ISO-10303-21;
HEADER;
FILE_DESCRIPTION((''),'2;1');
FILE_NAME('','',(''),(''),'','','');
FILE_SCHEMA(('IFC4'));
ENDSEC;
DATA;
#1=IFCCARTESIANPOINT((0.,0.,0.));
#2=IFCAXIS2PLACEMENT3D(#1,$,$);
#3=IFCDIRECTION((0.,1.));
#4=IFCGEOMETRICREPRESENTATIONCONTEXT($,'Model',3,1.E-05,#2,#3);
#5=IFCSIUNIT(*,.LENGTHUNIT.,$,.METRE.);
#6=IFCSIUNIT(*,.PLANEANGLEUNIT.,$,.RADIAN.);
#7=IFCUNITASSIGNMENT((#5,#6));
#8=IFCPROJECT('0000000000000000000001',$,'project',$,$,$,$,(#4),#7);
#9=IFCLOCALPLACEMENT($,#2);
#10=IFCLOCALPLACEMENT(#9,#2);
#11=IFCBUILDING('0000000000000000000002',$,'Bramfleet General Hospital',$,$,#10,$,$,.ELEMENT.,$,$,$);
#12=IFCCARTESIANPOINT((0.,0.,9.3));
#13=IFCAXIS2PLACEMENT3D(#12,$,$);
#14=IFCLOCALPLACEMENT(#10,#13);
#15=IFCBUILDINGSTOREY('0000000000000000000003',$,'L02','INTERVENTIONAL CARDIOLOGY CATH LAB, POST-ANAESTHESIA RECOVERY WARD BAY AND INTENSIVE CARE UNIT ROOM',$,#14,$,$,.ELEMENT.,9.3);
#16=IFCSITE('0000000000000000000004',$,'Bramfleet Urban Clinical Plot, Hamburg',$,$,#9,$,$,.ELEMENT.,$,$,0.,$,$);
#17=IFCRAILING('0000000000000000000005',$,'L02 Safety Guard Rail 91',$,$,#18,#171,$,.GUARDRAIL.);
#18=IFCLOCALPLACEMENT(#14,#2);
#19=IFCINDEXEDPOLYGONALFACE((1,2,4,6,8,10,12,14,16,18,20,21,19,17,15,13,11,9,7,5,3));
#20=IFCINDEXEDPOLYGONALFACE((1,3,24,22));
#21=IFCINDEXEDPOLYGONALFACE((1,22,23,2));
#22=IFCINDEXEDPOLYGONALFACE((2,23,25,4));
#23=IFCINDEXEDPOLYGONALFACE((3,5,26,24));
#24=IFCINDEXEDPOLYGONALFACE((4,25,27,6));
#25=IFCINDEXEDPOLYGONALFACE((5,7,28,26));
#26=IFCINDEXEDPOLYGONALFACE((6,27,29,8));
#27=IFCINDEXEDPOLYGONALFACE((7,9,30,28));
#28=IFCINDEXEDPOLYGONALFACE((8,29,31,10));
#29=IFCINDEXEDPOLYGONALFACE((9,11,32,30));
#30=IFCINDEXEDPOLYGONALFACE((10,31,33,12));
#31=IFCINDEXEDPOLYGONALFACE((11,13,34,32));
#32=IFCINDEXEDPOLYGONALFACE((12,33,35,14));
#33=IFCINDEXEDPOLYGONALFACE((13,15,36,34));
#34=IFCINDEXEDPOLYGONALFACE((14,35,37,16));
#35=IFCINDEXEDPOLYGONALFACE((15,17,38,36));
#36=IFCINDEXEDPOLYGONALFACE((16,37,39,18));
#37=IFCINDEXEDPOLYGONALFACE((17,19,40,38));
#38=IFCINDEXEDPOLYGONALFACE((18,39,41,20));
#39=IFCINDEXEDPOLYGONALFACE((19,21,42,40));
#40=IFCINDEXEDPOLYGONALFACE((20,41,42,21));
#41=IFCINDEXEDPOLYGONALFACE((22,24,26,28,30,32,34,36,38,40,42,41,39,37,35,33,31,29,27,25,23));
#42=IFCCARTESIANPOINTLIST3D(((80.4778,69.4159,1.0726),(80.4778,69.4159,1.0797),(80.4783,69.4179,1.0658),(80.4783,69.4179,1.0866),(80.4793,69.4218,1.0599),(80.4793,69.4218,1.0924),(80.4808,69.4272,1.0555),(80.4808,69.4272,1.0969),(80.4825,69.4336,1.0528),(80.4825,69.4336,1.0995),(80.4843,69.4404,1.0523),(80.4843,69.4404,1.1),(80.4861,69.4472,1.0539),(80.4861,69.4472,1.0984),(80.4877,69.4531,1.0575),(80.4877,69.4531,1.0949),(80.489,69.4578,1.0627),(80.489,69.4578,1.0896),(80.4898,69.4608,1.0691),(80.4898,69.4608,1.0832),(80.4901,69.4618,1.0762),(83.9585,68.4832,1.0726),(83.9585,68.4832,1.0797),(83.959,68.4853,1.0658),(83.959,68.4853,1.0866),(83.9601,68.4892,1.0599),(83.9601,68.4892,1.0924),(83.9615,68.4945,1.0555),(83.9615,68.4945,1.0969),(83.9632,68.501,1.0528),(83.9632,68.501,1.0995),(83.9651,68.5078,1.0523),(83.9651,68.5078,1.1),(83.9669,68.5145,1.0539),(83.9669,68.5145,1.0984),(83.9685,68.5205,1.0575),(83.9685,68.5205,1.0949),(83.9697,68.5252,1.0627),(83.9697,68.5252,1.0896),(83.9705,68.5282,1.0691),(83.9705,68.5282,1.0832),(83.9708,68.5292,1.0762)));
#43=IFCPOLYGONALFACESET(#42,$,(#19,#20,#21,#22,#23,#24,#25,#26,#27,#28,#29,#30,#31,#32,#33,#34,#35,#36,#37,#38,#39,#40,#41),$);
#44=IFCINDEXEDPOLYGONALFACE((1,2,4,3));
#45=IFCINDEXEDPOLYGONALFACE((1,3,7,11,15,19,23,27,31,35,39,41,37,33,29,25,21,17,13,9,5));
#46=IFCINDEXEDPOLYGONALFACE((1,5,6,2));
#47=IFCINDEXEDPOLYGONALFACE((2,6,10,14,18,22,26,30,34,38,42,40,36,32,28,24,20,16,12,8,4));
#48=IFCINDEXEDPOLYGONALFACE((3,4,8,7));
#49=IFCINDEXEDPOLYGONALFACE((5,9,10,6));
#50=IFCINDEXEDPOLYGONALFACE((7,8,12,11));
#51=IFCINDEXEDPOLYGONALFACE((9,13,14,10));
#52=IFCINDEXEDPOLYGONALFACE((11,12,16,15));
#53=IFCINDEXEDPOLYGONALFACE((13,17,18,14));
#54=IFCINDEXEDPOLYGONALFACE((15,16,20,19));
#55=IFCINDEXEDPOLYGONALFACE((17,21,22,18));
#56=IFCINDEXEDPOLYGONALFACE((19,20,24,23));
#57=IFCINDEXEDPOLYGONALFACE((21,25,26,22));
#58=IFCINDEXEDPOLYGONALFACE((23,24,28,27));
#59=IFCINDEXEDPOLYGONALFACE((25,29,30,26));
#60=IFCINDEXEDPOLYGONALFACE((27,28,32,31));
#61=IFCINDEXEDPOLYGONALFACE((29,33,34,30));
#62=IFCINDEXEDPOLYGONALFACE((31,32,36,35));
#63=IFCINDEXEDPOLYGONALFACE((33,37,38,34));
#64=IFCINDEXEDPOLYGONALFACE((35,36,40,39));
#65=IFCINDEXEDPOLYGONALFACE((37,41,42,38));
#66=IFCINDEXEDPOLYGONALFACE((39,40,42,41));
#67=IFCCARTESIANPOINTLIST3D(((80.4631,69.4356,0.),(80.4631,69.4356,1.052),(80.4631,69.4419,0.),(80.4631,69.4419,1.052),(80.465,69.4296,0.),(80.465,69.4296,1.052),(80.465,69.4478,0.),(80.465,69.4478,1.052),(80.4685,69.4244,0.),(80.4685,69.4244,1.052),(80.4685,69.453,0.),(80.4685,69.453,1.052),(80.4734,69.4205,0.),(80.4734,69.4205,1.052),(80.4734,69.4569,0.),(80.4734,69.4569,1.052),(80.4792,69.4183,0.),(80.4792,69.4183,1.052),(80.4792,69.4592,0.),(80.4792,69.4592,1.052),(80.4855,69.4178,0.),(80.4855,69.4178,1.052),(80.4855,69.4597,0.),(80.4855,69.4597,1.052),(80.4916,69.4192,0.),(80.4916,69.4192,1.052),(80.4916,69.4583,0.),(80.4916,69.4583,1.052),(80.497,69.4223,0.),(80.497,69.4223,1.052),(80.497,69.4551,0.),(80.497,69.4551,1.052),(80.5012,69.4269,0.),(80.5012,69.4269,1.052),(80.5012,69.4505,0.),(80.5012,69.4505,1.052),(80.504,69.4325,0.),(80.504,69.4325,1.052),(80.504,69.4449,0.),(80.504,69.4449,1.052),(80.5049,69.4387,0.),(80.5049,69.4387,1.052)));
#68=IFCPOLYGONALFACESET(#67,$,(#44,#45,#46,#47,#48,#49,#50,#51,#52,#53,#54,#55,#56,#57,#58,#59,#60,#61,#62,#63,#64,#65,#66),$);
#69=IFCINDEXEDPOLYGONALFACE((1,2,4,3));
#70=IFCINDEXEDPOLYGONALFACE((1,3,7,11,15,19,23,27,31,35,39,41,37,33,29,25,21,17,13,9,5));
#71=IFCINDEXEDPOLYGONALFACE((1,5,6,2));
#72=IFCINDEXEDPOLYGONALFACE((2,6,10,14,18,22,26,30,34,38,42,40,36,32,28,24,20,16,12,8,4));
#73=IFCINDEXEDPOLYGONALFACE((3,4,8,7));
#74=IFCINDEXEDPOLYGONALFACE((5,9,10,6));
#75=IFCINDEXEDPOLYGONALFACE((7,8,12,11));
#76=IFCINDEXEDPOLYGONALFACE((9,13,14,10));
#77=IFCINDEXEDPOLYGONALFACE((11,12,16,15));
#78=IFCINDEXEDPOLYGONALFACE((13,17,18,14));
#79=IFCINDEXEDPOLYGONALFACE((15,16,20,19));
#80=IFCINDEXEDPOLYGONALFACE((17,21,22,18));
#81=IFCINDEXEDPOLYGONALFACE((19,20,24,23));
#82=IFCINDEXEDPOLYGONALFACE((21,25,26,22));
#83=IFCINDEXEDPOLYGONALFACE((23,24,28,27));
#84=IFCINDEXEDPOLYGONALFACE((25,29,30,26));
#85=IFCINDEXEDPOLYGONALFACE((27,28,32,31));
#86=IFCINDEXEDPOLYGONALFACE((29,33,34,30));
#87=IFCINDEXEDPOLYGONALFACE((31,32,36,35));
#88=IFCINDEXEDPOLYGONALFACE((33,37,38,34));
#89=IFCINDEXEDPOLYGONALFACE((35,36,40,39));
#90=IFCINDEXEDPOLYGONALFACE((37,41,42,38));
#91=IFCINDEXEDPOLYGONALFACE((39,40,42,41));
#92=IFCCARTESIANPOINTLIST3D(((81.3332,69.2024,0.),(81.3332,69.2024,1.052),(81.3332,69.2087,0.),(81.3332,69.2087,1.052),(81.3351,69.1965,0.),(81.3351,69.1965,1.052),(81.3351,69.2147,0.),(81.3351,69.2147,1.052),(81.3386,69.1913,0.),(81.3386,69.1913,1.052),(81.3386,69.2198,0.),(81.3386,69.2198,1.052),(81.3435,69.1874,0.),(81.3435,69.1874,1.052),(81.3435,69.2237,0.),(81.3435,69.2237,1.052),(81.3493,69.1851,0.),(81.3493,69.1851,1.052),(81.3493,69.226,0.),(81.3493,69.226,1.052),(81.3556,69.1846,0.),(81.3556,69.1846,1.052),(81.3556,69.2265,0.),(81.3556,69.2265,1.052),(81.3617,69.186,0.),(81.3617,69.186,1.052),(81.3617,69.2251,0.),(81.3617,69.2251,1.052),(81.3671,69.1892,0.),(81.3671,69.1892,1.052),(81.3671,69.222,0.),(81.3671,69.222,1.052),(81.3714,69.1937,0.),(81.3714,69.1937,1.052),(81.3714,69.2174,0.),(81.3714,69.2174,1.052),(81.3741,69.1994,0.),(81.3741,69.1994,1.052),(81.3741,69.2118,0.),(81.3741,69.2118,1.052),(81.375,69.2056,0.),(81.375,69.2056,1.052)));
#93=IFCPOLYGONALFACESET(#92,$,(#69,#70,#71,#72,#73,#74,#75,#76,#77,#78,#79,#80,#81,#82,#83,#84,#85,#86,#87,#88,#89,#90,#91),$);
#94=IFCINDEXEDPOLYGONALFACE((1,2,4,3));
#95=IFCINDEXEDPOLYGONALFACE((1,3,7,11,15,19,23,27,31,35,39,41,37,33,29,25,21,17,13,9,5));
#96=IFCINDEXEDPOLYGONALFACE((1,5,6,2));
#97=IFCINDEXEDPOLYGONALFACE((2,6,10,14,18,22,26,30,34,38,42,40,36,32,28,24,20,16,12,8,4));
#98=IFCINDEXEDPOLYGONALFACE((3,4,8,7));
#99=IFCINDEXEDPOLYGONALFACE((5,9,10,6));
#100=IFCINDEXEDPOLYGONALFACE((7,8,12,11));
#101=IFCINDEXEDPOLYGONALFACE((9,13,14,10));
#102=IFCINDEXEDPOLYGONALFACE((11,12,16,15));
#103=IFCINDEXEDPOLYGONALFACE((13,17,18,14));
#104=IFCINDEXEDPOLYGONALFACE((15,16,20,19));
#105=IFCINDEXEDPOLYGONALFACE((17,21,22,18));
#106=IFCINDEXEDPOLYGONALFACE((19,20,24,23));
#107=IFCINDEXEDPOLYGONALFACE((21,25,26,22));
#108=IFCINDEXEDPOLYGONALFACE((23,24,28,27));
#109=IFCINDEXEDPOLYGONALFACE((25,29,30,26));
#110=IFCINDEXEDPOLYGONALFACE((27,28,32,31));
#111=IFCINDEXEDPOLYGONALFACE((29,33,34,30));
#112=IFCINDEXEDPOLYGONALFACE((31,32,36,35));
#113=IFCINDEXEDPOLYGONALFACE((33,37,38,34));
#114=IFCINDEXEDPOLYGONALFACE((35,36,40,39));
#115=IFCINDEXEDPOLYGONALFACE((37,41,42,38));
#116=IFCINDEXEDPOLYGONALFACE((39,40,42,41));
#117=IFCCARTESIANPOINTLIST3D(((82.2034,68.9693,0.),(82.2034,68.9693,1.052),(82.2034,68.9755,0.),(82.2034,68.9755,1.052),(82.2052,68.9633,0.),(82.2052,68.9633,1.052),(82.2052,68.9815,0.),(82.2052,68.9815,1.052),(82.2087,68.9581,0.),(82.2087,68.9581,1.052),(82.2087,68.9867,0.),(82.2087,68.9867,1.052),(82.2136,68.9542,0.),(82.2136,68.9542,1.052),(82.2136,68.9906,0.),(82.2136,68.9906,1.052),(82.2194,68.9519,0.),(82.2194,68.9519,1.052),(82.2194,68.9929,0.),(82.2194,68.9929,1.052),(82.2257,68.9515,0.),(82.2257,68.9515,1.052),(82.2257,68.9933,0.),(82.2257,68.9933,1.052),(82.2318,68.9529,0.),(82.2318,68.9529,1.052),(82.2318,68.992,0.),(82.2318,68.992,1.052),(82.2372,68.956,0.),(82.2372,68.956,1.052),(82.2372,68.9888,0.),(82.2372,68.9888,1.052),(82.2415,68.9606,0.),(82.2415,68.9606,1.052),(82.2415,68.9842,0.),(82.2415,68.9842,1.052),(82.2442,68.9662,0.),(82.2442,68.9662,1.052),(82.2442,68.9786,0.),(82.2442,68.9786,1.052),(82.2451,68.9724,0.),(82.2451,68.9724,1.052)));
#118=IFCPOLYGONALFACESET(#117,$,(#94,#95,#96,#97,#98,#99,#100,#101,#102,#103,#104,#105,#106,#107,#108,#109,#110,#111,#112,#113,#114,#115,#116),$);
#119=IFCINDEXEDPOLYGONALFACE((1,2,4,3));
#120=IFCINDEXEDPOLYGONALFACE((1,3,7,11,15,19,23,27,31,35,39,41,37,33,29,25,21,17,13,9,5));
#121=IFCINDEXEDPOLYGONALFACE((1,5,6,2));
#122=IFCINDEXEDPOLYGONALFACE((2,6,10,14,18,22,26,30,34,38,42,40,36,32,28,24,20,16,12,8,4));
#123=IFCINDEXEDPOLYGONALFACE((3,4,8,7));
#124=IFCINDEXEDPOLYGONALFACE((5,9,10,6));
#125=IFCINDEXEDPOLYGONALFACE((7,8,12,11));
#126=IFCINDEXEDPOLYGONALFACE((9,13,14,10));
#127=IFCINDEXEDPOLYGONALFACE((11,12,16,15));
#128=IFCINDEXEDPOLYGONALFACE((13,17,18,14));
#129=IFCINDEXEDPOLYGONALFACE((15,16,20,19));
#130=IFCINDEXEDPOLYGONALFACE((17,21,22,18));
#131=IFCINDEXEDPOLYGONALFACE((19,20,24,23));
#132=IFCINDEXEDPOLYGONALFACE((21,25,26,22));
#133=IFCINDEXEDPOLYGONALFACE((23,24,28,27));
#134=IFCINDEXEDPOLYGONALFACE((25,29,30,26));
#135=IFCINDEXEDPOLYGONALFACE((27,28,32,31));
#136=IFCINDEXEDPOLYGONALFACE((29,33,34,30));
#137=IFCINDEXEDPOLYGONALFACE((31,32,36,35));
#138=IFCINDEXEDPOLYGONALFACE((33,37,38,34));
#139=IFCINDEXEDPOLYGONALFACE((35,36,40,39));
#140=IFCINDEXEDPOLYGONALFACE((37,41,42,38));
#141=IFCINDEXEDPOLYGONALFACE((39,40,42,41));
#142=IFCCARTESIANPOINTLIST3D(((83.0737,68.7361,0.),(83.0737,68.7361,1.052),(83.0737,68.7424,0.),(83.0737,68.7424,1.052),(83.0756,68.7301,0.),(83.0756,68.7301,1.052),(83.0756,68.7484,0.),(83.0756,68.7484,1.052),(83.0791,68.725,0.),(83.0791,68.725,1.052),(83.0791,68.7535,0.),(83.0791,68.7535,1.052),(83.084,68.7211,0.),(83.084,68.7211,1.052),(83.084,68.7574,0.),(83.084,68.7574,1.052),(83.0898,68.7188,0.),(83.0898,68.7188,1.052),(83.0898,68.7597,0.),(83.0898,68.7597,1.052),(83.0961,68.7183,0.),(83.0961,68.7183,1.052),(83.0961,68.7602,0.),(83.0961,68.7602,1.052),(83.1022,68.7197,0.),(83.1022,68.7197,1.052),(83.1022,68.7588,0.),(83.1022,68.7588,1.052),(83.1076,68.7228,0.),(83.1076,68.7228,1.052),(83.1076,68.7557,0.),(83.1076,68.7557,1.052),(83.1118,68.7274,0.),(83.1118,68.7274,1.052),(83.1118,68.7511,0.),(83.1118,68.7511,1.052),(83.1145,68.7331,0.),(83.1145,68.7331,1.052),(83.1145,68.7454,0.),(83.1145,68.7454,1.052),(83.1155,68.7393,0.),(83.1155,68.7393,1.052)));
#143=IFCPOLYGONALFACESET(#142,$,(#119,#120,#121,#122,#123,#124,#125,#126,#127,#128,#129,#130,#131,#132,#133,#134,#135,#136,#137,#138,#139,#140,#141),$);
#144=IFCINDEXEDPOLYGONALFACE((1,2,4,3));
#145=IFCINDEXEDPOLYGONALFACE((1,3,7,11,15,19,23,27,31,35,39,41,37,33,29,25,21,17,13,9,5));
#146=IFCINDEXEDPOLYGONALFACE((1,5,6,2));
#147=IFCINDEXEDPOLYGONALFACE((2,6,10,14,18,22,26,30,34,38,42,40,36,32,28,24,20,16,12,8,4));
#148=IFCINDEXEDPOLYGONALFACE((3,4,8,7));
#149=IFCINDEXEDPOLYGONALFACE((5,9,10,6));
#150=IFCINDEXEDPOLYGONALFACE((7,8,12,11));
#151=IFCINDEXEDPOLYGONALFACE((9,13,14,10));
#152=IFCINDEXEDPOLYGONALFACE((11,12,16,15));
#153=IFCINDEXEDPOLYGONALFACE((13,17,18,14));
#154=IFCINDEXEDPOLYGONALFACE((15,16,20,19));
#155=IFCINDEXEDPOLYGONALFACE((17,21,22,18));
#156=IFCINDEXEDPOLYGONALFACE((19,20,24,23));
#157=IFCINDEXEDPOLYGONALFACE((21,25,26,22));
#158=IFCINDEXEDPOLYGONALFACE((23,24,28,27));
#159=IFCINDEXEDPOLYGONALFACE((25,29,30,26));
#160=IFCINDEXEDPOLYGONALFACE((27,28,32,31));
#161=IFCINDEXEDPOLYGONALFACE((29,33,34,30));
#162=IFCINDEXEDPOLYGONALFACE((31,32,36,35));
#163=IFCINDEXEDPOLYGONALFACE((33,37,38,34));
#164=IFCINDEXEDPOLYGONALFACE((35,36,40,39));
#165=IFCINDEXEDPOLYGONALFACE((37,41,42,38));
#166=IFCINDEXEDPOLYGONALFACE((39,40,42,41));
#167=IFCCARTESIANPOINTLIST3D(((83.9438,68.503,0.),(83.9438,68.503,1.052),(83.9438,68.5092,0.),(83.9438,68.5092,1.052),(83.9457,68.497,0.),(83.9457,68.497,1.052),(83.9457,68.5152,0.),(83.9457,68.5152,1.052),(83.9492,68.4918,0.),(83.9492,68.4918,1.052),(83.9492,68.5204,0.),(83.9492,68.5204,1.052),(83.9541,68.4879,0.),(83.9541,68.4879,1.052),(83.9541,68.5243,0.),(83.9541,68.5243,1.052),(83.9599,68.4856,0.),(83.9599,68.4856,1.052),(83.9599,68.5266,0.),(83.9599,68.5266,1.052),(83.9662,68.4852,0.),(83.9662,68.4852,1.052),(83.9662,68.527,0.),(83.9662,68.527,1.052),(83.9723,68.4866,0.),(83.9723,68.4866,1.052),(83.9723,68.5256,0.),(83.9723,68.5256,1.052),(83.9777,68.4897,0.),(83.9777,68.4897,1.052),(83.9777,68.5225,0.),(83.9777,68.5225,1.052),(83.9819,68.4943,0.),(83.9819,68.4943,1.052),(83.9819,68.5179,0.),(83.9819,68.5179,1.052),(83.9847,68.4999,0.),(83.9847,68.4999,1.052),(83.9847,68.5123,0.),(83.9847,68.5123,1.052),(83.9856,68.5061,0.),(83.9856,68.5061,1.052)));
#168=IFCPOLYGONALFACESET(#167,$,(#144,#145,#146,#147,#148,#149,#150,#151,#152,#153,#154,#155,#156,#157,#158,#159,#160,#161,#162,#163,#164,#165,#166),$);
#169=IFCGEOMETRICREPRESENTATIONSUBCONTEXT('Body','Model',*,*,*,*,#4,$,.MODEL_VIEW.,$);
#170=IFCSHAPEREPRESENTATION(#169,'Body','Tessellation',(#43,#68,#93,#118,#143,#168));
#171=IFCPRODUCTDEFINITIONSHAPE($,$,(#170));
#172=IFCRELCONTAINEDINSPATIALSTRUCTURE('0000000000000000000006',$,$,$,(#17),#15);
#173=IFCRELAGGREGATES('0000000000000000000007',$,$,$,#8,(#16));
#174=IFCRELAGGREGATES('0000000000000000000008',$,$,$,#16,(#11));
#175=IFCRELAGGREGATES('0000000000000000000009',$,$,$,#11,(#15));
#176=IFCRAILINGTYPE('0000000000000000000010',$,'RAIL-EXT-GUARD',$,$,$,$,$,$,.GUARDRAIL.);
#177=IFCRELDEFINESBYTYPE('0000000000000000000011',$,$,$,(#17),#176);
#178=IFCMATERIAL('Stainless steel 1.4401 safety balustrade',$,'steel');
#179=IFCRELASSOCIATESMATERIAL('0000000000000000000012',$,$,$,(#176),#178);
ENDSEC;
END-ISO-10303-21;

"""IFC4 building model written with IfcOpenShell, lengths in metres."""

from ifc_helpers import new_model, si_unit, direction, frame, origin, origin_2d, place, context, subcontext, project, spatial, circle, extrude, material, type_object, element, save


model = new_model("IFC4")

# Units and contexts
model_context = context("Model", 3, precision=1e-05, world=origin(), true_north=direction((0.0, 1.0)))
body_context = subcontext(model_context, "Body", "Model", "MODEL_VIEW")
ifc_project = project(units=[si_unit("LENGTHUNIT", "METRE"), si_unit("PLANEANGLEUNIT", "RADIAN")], contexts=[model_context])

# Site, building, storey
site_placement = place(None, origin())
site = spatial("IfcSite", under=ifc_project, at=site_placement, Name="Bramfleet Urban Clinical Plot, Hamburg", CompositionType="ELEMENT", RefElevation=0.0)
building_placement = place(site_placement, origin())
building = spatial("IfcBuilding", under=site, at=building_placement, Name="Bramfleet General Hospital", CompositionType="ELEMENT")
storey_placement = place(building_placement, frame((0.0, 0.0, 9.3)))
storey = spatial("IfcBuildingStorey", under=building, at=storey_placement, Name="L02", Description="INTERVENTIONAL CARDIOLOGY CATH LAB, POST-ANAESTHESIA RECOVERY WARD BAY AND INTENSIVE CARE UNIT ROOM", CompositionType="ELEMENT", Elevation=9.3)

# Railing
ifc_material_1 = material(Name="Stainless steel 1.4401 safety balustrade", Category="steel")
railing_type = type_object("IfcRailingType", Name="RAIL-EXT-GUARD", PredefinedType="GUARDRAIL", material=ifc_material_1)
railing_1_placement = place(storey_placement, frame((80.4839, 69.4387, 0.0)))
element("IfcRailing", 1, at=railing_1_placement, inside=storey, type_object=railing_type, Name="L02 Safety Guard Rail 91", PredefinedType="GUARDRAIL", context=body_context, shape_type="SweptSolid", body=[
    extrude(circle(Radius=0.0239, at=origin_2d()), frame((0.0, 0.0, 1.0762), z_axis=(0.965928, -0.258809, 0.0), x_axis=(0.258809, 0.965928, 0.0)), (0.0, 0.0, 1.0), 3.6035),
    extrude(circle(Radius=0.021, at=origin_2d()), origin(), (0.0, 0.0, 1.0), 1.052),
    extrude(circle(Radius=0.021, at=origin_2d()), frame((0.8701, -0.2332, 0.0)), (0.0, 0.0, 1.0), 1.052),
    extrude(circle(Radius=0.021, at=origin_2d()), frame((1.7402, -0.4663, 0.0)), (0.0, 0.0, 1.0), 1.052),
    extrude(circle(Radius=0.021, at=origin_2d()), frame((2.6106, -0.6995, 0.0)), (0.0, 0.0, 1.0), 1.052),
    extrude(circle(Radius=0.021, at=origin_2d()), frame((3.4807, -0.9326, 0.0)), (0.0, 0.0, 1.0), 1.052),
])

save(model, "model.ifc")
